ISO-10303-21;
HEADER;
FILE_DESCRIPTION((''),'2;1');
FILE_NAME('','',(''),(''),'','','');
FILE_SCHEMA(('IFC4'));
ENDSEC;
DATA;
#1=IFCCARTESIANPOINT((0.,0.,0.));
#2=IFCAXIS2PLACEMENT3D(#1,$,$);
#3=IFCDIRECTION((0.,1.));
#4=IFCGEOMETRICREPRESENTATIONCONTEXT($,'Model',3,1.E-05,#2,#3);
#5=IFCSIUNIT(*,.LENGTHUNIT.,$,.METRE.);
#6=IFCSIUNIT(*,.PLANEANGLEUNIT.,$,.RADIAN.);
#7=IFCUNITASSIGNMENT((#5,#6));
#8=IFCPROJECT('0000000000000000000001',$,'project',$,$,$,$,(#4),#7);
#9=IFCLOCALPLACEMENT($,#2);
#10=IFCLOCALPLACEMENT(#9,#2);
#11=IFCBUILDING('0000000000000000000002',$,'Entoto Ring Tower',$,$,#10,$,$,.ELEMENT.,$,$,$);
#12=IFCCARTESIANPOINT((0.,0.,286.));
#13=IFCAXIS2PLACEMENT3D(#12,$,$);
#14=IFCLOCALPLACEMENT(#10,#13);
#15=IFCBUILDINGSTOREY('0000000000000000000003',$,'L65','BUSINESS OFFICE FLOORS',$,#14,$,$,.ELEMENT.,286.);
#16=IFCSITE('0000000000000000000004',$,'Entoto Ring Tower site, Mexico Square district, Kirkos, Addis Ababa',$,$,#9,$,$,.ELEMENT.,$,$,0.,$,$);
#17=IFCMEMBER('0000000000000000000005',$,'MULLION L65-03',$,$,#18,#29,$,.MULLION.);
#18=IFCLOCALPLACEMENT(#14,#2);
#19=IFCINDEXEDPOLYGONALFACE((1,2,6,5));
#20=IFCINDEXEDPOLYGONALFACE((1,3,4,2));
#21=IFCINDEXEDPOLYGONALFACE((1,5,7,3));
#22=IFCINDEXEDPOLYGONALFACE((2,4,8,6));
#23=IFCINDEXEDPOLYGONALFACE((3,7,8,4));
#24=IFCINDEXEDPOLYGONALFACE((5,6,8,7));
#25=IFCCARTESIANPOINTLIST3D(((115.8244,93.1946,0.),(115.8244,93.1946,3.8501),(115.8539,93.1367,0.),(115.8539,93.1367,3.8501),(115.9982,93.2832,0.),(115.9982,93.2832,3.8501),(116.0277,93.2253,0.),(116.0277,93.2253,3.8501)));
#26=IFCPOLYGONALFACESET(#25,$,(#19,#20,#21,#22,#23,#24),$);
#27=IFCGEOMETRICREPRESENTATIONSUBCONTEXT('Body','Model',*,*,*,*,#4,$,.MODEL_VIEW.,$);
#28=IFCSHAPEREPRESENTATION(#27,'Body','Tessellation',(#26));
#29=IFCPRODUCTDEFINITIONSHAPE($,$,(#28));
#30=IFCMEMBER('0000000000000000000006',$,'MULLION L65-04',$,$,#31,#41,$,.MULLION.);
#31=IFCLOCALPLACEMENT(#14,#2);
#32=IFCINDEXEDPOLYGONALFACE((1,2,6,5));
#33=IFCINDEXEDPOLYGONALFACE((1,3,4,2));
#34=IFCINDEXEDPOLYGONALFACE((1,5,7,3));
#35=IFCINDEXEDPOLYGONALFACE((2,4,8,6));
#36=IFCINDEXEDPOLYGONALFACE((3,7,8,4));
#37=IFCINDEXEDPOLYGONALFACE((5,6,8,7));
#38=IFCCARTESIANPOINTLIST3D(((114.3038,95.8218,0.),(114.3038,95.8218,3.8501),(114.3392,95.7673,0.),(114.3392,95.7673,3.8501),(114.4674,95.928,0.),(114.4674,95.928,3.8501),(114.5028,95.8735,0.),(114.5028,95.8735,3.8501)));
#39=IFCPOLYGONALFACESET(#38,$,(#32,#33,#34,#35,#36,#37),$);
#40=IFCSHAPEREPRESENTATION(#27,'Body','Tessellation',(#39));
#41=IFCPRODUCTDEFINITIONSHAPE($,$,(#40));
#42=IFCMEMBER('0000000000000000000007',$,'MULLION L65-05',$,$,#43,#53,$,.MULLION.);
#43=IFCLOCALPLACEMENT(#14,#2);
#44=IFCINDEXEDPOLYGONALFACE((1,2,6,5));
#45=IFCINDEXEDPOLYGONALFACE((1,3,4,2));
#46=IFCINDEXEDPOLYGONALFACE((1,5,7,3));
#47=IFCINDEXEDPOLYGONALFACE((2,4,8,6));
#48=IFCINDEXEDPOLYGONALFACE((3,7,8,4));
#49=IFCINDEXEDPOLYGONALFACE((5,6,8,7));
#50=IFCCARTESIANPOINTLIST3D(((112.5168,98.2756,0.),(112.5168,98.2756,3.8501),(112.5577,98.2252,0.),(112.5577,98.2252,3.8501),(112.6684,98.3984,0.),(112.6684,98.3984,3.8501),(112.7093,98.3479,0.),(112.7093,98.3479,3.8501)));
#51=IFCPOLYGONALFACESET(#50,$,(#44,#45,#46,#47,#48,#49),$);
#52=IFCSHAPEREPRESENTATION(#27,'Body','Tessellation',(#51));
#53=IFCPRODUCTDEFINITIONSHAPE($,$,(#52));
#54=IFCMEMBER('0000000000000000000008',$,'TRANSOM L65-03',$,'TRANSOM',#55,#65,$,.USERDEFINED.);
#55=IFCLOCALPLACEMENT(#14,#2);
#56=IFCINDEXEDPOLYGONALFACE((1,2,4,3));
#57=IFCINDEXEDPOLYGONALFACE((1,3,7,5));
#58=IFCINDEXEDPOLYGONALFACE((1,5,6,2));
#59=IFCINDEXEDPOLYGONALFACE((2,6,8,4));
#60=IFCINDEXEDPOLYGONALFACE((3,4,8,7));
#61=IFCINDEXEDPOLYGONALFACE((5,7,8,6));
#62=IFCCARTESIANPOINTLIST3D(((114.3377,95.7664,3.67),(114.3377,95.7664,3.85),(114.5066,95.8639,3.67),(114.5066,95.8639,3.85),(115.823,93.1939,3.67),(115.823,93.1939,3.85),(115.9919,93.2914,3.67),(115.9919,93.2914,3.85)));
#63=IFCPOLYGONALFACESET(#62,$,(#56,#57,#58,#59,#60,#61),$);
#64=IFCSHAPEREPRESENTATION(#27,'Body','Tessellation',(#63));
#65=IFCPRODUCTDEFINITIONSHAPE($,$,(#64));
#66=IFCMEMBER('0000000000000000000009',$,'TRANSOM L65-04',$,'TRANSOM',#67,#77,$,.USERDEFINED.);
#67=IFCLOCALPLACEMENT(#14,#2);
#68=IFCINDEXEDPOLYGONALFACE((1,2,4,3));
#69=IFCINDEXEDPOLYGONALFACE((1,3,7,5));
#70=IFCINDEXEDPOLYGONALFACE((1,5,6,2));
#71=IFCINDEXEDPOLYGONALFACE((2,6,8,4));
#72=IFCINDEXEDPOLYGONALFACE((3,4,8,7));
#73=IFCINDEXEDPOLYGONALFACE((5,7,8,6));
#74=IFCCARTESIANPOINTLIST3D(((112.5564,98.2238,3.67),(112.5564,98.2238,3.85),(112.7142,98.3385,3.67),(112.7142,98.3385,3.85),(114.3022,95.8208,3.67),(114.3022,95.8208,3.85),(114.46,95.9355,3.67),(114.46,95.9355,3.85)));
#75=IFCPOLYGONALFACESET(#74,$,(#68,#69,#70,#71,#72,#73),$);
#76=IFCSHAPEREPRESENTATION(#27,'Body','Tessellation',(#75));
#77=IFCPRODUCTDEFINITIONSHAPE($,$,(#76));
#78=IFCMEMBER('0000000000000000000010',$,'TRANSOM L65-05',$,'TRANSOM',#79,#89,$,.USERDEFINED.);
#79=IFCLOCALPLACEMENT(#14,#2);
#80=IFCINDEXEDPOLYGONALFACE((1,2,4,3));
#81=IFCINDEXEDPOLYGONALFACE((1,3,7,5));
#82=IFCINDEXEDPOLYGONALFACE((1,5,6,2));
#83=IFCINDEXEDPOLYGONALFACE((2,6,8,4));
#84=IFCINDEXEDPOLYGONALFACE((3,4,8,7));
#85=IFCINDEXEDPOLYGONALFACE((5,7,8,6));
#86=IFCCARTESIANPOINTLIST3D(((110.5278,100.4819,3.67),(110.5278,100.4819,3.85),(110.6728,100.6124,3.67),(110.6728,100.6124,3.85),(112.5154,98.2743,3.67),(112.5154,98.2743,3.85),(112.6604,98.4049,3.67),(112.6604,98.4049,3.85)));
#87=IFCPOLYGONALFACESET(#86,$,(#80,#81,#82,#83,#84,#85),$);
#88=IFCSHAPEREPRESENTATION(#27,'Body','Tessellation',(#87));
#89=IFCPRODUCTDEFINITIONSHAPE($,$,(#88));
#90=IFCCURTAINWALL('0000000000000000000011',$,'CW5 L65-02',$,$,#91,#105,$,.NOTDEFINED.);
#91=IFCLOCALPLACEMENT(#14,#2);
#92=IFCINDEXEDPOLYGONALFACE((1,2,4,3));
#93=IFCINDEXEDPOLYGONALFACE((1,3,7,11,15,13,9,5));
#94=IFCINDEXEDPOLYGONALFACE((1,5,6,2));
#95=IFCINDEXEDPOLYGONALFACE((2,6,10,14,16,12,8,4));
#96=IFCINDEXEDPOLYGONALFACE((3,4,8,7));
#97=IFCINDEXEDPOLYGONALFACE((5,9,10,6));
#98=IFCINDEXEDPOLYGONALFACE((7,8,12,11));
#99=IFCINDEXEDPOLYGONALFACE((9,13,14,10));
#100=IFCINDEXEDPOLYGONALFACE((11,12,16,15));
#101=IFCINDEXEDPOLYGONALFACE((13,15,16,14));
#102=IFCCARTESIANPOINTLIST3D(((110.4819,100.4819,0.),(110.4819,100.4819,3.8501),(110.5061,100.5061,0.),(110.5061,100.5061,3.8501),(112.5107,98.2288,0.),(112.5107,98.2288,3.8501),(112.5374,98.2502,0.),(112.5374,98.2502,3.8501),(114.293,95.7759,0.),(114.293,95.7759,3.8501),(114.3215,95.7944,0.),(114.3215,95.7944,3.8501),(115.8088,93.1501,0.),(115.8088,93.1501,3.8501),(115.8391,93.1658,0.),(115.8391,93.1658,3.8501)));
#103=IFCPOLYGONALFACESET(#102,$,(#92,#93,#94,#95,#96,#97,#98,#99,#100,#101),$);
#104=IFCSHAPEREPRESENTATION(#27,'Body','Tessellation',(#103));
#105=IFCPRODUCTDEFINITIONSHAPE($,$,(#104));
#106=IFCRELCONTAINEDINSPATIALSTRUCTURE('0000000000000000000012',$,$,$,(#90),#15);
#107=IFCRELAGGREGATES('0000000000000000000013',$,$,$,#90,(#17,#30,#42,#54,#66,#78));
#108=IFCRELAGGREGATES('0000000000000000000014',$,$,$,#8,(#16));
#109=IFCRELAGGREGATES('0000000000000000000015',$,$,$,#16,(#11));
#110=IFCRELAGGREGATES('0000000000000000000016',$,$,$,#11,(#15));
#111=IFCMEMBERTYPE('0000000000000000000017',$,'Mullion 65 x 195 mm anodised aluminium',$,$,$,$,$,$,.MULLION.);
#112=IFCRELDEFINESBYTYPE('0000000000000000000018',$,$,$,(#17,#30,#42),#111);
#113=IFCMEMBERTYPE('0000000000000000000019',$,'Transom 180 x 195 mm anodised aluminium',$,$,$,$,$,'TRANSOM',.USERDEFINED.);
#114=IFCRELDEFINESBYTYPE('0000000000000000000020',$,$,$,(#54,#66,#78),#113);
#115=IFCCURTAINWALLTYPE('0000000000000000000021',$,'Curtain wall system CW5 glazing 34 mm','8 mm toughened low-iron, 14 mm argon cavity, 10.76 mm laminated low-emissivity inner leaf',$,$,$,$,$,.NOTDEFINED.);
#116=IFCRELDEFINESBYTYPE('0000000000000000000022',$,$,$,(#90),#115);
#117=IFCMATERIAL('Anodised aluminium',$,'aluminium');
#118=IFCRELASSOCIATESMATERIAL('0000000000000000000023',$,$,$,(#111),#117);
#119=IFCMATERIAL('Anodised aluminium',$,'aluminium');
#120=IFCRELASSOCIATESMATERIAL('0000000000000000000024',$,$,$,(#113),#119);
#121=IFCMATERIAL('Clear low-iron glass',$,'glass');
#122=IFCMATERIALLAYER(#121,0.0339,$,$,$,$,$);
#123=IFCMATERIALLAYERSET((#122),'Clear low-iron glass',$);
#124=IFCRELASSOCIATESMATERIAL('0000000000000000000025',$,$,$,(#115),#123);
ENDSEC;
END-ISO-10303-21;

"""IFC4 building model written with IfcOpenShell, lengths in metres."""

from ifc_helpers import new_model, si_unit, direction, frame, origin, origin_2d, place, context, subcontext, project, spatial, polyline, rectangle, outline, extrude, material, layer, layer_set, material_profile, profile_set, type_object, element, aggregate, save


model = new_model("IFC4")

# Units and contexts
model_context = context("Model", 3, precision=1e-05, world=origin(), true_north=direction((0.0, 1.0)))
body_context = subcontext(model_context, "Body", "Model", "MODEL_VIEW")
ifc_project = project(units=[si_unit("LENGTHUNIT", "METRE"), si_unit("PLANEANGLEUNIT", "RADIAN")], contexts=[model_context])

# Members
ifc_material_1 = material(Name="Anodised aluminium", Category="aluminium")
ifc_material_profile_1 = material_profile(ifc_material_1, rectangle(XDim=0.0649, YDim=0.1951, at=origin_2d()), Name="Mullion 65 x 195 mm anodised aluminium")
ifc_profile_set_1 = profile_set([ifc_material_profile_1], Name="Anodised aluminium")
member_type_1 = type_object("IfcMemberType", Name="Mullion 65 x 195 mm anodised aluminium", PredefinedType="MULLION", material=ifc_profile_set_1)
site_placement = place(None, origin())
building_placement = place(site_placement, origin())
storey_placement = place(building_placement, frame((0.0, 0.0, 286.0)))
member_1_placement = place(storey_placement, frame((115.926, 93.21, 0.0), z_axis=(0.0, 0.0, 1.0), x_axis=(-0.45399, 0.891007, 0.0)))
member_1 = element("IfcMember", 1, at=member_1_placement, type_object=member_type_1, Name="MULLION L65-03", PredefinedType="MULLION", context=body_context, shape_type="SweptSolid", body=[
    extrude(rectangle(XDim=0.0649, YDim=0.1951, at=origin_2d()), origin(), (0.0, 0.0, 1.0), 3.8501),
])
member_2_placement = place(storey_placement, frame((114.4033, 95.8477, 0.0), z_axis=(0.0, 0.0, 1.0), x_axis=(-0.544639, 0.838671, 0.0)))
member_2 = element("IfcMember", 2, at=member_2_placement, type_object=member_type_1, Name="MULLION L65-04", PredefinedType="MULLION", context=body_context, shape_type="SweptSolid", body=[
    extrude(rectangle(XDim=0.0649, YDim=0.1951, at=origin_2d()), origin(), (0.0, 0.0, 1.0), 3.8501),
])
member_3_placement = place(storey_placement, frame((112.613, 98.3118, 0.0), z_axis=(0.0, 0.0, 1.0), x_axis=(-0.62932, 0.777146, 0.0)))
member_3 = element("IfcMember", 3, at=member_3_placement, type_object=member_type_1, Name="MULLION L65-05", PredefinedType="MULLION", context=body_context, shape_type="SweptSolid", body=[
    extrude(rectangle(XDim=0.0649, YDim=0.1951, at=origin_2d()), origin(), (0.0, 0.0, 1.0), 3.8501),
])
ifc_material_2 = material(Name="Anodised aluminium", Category="aluminium")
ifc_material_profile_2 = material_profile(ifc_material_2, rectangle(XDim=0.1951, YDim=0.1799, at=origin_2d()), Name="Transom 180 x 195 mm anodised aluminium")
ifc_profile_set_2 = profile_set([ifc_material_profile_2], Name="Anodised aluminium")
member_type_2 = type_object("IfcMemberType", Name="Transom 180 x 195 mm anodised aluminium", ElementType="TRANSOM", PredefinedType="USERDEFINED", material=ifc_profile_set_2)
member_4_placement = place(storey_placement, frame((115.9075, 93.2427, 3.76), z_axis=(-0.500028, 0.866009, 0.0), x_axis=(-0.866009, -0.500028, 0.0)))
member_4 = element("IfcMember", 4, at=member_4_placement, type_object=member_type_2, Name="TRANSOM L65-03", ObjectType="TRANSOM", PredefinedType="USERDEFINED", context=body_context, shape_type="SweptSolid", body=[
    extrude(rectangle(XDim=0.1951, YDim=0.1799, at=origin_2d()), origin(), (0.0, 0.0, 1.0), 2.9705),
])
member_5_placement = place(storey_placement, frame((114.3811, 95.8782, 3.76), z_axis=(-0.587766, 0.809031, 0.0), x_axis=(-0.809031, -0.587766, 0.0)))
member_5 = element("IfcMember", 5, at=member_5_placement, type_object=member_type_2, Name="TRANSOM L65-04", ObjectType="TRANSOM", PredefinedType="USERDEFINED", context=body_context, shape_type="SweptSolid", body=[
    extrude(rectangle(XDim=0.1951, YDim=0.1799, at=origin_2d()), origin(), (0.0, 0.0, 1.0), 2.9702),
])
member_6_placement = place(storey_placement, frame((112.5879, 98.3396, 3.76), z_axis=(-0.66911, 0.743163, 0.0), x_axis=(-0.743163, -0.66911, 0.0)))
member_6 = element("IfcMember", 6, at=member_6_placement, type_object=member_type_2, Name="TRANSOM L65-05", ObjectType="TRANSOM", PredefinedType="USERDEFINED", context=body_context, shape_type="SweptSolid", body=[
    extrude(rectangle(XDim=0.1951, YDim=0.1799, at=origin_2d()), origin(), (0.0, 0.0, 1.0), 2.9705),
])

# Site, building, storey
site = spatial("IfcSite", under=ifc_project, at=site_placement, Name="Entoto Ring Tower site, Mexico Square district, Kirkos, Addis Ababa", CompositionType="ELEMENT", RefElevation=0.0)
building = spatial("IfcBuilding", under=site, at=building_placement, Name="Entoto Ring Tower", CompositionType="ELEMENT")
storey = spatial("IfcBuildingStorey", under=building, at=storey_placement, Name="L65", Description="BUSINESS OFFICE FLOORS", CompositionType="ELEMENT", Elevation=286.0)

# Curtain wall
ifc_material_3 = material(Name="Clear low-iron glass", Category="glass")
ifc_layer_1 = layer(ifc_material_3, 0.0339)
ifc_layer_set_1 = layer_set([ifc_layer_1], Name="Clear low-iron glass")
curtain_wall_type = type_object("IfcCurtainWallType", Name="Curtain wall system CW5 glazing 34 mm", Description="8 mm toughened low-iron, 14 mm argon cavity, 10.76 mm laminated low-emissivity inner leaf", PredefinedType="NOTDEFINED", material=ifc_layer_set_1)
curtain_wall_1_placement = place(storey_placement, origin())
curtain_wall_1 = element("IfcCurtainWall", 7, at=curtain_wall_1_placement, inside=storey, type_object=curtain_wall_type, Name="CW5 L65-02", PredefinedType="NOTDEFINED", context=body_context, shape_type="SweptSolid", body=[
    extrude(outline(polyline([(115.8391, 93.1658), (114.3215, 95.7944), (112.5374, 98.2502), (110.5061, 100.5061), (110.4819, 100.4819), (112.5107, 98.2288), (114.293, 95.7759), (115.8088, 93.1501), (115.8391, 93.1658)])), origin(), (0.0, 0.0, 1.0), 3.8501),
])
aggregate(curtain_wall_1, [member_1, member_2, member_3, member_4, member_5, member_6])

save(model, "model.ifc")
